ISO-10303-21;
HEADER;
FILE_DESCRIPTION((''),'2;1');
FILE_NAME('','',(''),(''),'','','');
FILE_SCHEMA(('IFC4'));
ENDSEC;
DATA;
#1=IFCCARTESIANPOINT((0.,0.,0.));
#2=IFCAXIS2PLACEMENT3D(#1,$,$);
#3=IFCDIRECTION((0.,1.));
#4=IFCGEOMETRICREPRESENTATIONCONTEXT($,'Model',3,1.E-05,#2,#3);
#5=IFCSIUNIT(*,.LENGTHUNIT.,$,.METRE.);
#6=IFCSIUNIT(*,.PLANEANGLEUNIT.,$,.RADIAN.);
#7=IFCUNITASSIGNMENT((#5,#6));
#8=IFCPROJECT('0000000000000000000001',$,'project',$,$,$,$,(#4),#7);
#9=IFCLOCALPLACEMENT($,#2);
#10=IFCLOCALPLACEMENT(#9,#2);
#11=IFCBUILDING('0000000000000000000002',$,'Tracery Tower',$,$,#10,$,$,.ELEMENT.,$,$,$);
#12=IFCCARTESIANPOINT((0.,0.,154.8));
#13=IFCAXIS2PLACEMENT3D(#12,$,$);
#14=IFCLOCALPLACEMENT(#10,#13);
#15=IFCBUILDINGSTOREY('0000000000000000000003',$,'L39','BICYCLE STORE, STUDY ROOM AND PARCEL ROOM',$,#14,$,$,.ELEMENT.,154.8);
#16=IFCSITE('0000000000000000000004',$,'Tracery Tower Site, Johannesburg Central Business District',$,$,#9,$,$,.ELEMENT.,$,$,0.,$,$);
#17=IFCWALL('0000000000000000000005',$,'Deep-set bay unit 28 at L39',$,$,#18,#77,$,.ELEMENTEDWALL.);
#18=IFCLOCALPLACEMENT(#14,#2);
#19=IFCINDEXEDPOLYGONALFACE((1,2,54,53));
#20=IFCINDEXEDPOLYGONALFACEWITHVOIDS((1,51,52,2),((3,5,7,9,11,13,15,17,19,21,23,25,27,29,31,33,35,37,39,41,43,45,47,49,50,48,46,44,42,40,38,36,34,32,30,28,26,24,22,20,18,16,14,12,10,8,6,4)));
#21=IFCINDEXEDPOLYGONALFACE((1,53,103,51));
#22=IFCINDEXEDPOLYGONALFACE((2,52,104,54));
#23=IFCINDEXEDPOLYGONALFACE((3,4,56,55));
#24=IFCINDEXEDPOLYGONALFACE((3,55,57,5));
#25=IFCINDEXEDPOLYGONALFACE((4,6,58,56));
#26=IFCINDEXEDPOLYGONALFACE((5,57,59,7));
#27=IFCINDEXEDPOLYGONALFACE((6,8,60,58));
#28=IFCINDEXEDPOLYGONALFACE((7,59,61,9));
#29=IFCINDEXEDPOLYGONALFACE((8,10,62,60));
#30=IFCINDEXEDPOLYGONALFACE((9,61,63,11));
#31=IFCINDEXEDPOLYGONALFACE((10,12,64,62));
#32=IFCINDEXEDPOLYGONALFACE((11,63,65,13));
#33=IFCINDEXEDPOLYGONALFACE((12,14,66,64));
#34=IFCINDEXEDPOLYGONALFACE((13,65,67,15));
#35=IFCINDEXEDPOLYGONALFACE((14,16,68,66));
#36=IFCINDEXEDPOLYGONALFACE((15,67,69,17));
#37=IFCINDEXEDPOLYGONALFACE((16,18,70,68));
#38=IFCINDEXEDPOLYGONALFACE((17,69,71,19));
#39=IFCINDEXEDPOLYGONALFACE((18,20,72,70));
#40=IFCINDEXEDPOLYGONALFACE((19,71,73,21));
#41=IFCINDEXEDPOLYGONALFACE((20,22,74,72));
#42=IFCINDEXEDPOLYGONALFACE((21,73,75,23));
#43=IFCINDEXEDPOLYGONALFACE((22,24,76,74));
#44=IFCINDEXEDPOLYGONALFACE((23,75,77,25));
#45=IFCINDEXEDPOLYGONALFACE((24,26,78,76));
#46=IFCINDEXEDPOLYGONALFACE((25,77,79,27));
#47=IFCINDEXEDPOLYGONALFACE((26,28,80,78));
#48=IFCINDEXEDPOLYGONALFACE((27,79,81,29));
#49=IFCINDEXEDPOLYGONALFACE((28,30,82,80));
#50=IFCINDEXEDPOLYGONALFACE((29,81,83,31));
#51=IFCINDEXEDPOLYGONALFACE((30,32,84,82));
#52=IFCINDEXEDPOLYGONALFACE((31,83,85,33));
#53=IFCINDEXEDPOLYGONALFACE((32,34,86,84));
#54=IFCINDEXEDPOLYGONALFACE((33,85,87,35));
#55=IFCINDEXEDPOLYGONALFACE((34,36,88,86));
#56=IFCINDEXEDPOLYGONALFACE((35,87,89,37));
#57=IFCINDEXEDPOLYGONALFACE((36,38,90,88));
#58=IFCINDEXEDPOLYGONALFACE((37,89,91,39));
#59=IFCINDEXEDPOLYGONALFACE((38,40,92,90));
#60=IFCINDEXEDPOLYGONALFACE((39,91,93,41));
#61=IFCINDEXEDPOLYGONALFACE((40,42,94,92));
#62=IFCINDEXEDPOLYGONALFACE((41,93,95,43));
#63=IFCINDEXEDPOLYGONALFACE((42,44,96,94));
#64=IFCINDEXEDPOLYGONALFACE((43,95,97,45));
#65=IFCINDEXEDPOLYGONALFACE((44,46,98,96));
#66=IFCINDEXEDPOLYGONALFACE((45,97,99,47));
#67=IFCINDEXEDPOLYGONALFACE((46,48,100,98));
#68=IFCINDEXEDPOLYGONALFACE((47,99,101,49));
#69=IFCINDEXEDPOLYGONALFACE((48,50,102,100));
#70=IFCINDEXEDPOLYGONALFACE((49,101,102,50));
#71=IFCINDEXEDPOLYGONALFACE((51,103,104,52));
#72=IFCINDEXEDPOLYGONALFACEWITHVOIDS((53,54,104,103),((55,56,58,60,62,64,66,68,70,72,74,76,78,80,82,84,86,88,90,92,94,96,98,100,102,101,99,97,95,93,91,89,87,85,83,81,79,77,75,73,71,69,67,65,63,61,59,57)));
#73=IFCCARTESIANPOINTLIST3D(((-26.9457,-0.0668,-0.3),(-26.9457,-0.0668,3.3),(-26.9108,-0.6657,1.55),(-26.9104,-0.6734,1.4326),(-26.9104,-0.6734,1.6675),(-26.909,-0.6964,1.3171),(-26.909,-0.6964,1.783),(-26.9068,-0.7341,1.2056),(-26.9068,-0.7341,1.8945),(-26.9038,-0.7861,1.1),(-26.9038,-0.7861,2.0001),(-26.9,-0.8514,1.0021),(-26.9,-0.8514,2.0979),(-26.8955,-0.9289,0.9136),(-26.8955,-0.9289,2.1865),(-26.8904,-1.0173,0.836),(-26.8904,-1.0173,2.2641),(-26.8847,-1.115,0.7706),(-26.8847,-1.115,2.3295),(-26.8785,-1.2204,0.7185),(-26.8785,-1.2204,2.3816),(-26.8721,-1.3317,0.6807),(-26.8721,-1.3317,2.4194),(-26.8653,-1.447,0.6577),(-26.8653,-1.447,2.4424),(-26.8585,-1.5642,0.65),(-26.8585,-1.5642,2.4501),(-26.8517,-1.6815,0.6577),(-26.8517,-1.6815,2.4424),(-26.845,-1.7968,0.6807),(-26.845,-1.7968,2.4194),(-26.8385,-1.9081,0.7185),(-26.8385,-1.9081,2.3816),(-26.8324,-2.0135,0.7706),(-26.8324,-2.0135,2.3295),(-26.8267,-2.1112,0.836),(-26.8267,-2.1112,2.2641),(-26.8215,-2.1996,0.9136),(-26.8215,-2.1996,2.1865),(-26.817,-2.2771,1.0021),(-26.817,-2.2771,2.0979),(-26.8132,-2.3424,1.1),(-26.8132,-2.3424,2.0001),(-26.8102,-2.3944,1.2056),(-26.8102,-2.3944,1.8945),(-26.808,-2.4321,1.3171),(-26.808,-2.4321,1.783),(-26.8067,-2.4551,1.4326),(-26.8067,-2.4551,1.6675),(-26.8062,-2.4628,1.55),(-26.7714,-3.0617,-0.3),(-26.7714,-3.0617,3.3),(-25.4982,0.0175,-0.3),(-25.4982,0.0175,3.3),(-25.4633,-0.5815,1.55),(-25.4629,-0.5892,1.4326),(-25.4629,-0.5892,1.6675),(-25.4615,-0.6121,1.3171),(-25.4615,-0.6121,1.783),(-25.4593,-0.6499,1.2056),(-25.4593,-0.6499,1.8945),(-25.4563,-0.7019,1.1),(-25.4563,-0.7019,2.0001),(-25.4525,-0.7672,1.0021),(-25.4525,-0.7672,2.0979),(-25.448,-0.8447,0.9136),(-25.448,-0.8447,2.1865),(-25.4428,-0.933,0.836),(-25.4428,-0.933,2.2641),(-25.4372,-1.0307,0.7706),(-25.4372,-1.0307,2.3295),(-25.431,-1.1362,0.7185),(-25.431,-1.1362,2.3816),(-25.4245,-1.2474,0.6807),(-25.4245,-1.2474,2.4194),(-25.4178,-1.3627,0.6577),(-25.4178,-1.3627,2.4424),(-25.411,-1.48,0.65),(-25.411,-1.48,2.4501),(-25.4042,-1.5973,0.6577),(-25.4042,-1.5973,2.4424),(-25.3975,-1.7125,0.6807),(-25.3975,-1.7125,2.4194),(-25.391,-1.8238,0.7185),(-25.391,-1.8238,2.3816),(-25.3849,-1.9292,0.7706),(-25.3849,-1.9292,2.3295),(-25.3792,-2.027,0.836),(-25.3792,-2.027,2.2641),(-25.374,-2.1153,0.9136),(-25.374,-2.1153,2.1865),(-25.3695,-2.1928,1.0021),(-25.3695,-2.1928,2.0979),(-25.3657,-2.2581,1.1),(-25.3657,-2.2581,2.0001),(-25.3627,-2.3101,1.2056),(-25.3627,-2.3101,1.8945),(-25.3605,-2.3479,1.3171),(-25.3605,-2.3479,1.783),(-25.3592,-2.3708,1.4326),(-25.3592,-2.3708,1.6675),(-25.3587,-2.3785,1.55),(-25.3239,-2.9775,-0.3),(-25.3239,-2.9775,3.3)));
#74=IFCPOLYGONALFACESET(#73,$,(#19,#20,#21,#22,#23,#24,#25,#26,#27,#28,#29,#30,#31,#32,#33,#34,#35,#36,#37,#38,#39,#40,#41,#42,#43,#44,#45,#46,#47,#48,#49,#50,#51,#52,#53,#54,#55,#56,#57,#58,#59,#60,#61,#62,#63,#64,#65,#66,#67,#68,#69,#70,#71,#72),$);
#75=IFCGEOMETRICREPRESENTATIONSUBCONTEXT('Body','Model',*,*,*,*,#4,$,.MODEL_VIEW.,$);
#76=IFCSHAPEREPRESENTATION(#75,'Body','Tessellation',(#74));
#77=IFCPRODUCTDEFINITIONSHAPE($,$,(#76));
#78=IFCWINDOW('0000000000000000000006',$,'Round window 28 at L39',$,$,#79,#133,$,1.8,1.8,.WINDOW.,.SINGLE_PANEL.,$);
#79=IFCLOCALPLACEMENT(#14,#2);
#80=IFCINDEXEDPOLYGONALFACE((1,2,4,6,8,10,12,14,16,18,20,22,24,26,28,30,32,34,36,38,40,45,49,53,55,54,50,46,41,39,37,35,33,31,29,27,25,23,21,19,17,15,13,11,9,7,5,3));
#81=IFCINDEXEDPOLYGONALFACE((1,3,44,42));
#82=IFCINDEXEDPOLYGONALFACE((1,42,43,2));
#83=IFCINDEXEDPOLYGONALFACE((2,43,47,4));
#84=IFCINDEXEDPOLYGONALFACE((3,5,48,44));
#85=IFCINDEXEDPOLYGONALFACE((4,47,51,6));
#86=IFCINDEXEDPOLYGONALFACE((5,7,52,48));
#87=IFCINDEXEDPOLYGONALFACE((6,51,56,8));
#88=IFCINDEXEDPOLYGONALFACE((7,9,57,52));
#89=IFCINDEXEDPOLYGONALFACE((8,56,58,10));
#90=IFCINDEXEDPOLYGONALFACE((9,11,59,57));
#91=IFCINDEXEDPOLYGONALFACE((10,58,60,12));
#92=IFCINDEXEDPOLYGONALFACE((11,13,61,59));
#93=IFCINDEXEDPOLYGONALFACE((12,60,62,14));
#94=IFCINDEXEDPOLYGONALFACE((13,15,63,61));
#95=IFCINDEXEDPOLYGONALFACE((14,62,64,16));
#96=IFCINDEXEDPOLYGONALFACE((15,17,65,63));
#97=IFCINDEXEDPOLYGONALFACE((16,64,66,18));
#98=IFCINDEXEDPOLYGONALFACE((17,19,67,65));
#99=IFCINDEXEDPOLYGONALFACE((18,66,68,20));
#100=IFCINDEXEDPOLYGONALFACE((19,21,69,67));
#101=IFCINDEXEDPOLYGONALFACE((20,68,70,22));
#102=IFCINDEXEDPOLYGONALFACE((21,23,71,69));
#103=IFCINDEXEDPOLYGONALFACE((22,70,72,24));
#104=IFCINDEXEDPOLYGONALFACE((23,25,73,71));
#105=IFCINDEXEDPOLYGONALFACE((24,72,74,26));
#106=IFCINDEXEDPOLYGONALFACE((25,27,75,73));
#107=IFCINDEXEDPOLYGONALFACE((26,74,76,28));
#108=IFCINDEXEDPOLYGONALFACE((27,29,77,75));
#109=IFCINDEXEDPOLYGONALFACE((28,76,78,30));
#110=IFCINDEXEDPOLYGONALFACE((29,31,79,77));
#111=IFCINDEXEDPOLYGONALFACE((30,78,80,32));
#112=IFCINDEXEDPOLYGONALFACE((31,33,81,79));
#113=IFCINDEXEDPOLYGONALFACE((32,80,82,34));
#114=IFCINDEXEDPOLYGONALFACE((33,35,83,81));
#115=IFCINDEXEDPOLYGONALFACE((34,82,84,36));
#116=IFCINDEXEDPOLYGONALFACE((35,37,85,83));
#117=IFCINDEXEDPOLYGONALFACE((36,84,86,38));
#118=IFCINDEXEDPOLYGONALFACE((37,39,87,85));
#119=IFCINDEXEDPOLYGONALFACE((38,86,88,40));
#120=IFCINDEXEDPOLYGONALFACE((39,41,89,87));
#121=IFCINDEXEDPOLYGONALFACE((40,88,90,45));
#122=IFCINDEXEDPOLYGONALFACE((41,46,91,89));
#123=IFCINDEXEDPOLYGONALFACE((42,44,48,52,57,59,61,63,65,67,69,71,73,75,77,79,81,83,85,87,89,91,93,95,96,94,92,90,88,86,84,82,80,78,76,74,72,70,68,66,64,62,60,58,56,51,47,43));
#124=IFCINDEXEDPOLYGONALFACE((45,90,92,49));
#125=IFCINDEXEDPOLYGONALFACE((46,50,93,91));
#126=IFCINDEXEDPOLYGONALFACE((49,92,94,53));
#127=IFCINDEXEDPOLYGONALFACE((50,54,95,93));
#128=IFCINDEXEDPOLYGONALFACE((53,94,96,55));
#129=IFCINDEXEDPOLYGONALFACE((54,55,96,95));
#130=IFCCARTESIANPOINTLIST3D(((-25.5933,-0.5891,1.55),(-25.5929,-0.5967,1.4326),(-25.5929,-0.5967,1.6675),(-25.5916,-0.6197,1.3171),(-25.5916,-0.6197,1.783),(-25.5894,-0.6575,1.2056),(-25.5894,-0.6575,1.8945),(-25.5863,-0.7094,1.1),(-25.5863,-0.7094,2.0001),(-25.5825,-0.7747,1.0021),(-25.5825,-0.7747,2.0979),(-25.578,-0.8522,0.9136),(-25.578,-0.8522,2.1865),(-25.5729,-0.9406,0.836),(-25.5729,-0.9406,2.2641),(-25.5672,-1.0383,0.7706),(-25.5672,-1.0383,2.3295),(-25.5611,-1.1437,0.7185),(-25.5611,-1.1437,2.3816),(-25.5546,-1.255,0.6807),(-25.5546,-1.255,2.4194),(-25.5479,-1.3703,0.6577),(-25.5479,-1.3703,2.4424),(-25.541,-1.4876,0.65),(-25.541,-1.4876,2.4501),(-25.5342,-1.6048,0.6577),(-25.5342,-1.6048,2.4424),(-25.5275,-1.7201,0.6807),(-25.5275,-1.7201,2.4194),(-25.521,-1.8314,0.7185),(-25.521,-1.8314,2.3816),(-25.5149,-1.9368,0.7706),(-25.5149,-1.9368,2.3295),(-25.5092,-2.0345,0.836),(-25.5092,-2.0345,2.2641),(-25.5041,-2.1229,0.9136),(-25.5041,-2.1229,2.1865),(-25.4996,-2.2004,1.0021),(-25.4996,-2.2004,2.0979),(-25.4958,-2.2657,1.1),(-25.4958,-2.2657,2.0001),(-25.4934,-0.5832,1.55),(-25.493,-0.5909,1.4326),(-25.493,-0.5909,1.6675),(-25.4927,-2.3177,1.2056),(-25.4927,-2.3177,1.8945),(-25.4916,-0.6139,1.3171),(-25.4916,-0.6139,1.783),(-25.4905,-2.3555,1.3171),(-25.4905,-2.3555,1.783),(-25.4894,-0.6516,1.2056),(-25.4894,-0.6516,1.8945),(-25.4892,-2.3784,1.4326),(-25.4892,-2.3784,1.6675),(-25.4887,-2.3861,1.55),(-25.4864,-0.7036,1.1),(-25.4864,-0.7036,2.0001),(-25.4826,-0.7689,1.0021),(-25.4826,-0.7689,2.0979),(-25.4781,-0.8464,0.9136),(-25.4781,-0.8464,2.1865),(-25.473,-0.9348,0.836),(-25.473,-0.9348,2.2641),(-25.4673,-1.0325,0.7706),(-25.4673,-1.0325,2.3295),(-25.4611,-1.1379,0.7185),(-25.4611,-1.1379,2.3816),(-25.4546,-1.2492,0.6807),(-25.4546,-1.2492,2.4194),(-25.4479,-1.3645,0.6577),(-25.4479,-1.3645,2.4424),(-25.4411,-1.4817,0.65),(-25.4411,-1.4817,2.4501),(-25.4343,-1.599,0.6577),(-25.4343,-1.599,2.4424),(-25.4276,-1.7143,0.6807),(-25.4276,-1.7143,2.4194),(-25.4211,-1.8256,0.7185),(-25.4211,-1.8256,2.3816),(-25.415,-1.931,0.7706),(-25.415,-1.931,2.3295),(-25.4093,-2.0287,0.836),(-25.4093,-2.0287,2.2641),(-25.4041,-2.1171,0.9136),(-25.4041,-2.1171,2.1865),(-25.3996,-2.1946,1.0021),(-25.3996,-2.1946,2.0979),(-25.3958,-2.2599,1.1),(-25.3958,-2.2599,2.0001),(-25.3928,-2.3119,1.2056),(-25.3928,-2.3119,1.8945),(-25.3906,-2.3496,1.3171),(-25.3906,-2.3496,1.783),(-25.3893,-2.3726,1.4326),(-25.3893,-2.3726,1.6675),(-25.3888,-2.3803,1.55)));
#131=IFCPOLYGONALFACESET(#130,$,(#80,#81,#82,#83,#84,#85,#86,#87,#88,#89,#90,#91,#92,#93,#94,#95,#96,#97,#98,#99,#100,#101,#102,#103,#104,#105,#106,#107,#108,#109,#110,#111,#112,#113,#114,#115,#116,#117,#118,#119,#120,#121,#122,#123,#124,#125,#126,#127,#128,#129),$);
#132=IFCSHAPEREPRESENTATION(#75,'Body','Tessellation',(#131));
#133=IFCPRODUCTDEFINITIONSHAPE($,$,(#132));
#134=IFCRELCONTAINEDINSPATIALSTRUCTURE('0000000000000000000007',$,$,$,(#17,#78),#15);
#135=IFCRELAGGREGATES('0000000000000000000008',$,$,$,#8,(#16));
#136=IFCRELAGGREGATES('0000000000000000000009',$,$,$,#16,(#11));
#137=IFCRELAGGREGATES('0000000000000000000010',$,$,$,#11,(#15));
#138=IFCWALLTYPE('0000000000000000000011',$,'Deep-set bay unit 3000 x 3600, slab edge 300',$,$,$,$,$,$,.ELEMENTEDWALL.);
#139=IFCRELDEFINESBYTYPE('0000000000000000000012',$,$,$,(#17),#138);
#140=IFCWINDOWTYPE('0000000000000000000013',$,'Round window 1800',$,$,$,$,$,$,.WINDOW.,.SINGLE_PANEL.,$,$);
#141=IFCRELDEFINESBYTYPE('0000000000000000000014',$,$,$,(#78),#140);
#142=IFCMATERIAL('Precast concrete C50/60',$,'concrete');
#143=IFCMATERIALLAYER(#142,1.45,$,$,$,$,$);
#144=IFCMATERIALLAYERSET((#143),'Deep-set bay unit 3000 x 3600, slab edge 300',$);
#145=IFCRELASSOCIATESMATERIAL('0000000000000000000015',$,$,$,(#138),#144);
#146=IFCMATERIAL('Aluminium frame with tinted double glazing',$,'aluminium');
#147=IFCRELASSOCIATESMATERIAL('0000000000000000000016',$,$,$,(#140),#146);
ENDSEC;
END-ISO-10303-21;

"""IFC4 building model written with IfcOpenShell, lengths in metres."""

from ifc_helpers import new_model, si_unit, direction, frame, frame_2d, origin, origin_2d, place, context, subcontext, project, spatial, rectangle, circle, extrude, material, layer, layer_set, type_object, element, fill, save


model = new_model("IFC4")

# Units and contexts
model_context = context("Model", 3, precision=1e-05, world=origin(), true_north=direction((0.0, 1.0)))
body_context = subcontext(model_context, "Body", "Model", "MODEL_VIEW")
ifc_project = project(units=[si_unit("LENGTHUNIT", "METRE"), si_unit("PLANEANGLEUNIT", "RADIAN")], contexts=[model_context])

# Site, building, storey
site_placement = place(None, origin())
site = spatial("IfcSite", under=ifc_project, at=site_placement, Name="Tracery Tower Site, Johannesburg Central Business District", CompositionType="ELEMENT", RefElevation=0.0)
building_placement = place(site_placement, origin())
building = spatial("IfcBuilding", under=site, at=building_placement, Name="Tracery Tower", CompositionType="ELEMENT")
storey_placement = place(building_placement, frame((0.0, 0.0, 154.8)))
storey = spatial("IfcBuildingStorey", under=building, at=storey_placement, Name="L39", Description="BICYCLE STORE, STUDY ROOM AND PARCEL ROOM", CompositionType="ELEMENT", Elevation=154.8)

# Wall, opening, window
ifc_material_1 = material(Name="Precast concrete C50/60", Category="concrete")
ifc_layer_1 = layer(ifc_material_1, 1.45)
ifc_layer_set_1 = layer_set([ifc_layer_1], Name="Deep-set bay unit 3000 x 3600, slab edge 300")
wall_type_1 = type_object("IfcWallType", Name="Deep-set bay unit 3000 x 3600, slab edge 300", PredefinedType="ELEMENTEDWALL", material=ifc_layer_set_1)
ifc_material_2 = material(Name="Aluminium frame with tinted double glazing", Category="aluminium")
window_type = type_object("IfcWindowType", Name="Round window 1800", PartitioningType="SINGLE_PANEL", PredefinedType="WINDOW", material=ifc_material_2)
wall_1_placement = place(storey_placement, frame((-26.2219, -0.0247, -0.3), z_axis=(0.0, 0.0, 1.0), x_axis=(0.058107, -0.99831, 0.0)))
wall_1 = element("IfcWall", 1, at=wall_1_placement, inside=storey, type_object=wall_type_1, Name="Deep-set bay unit 28 at L39", PredefinedType="ELEMENTEDWALL", context=body_context, shape_type="SweptSolid", body=[
    extrude(rectangle(XDim=3.0, YDim=1.45, at=frame_2d((1.5, 0.0))), origin(), (0.0, 0.0, 1.0), 3.6001),
])
opening_1_placement = place(wall_1_placement, frame((1.5, 0.0, 1.8501)))
opening_1 = element("IfcOpeningElement", 2, at=opening_1_placement, cuts=wall_1, PredefinedType="OPENING", context=body_context, shape_type="SweptSolid", body=[
    extrude(circle(Radius=0.9, at=origin_2d()), frame((0.0, 0.7349, 0.0), z_axis=(0.0, -1.0, 0.0), x_axis=(1.0, 0.0, 0.0)), (0.0, 0.0, 1.0), 1.47),
])
window_1_placement = place(opening_1_placement, origin())
window_1 = element("IfcWindow", 3, at=window_1_placement, inside=storey, type_object=window_type, Name="Round window 28 at L39", OverallHeight=1.8, OverallWidth=1.8, PartitioningType="SINGLE_PANEL", PredefinedType="WINDOW", context=body_context, shape_type="SweptSolid", body=[
    extrude(circle(Radius=0.9, at=origin_2d()), frame((0.0, 0.6948, 0.0), z_axis=(0.0, -1.0, 0.0), x_axis=(1.0, 0.0, 0.0)), (0.0, 0.0, 1.0), 0.1001),
])
fill(opening_1, window_1)

save(model, "model.ifc")
